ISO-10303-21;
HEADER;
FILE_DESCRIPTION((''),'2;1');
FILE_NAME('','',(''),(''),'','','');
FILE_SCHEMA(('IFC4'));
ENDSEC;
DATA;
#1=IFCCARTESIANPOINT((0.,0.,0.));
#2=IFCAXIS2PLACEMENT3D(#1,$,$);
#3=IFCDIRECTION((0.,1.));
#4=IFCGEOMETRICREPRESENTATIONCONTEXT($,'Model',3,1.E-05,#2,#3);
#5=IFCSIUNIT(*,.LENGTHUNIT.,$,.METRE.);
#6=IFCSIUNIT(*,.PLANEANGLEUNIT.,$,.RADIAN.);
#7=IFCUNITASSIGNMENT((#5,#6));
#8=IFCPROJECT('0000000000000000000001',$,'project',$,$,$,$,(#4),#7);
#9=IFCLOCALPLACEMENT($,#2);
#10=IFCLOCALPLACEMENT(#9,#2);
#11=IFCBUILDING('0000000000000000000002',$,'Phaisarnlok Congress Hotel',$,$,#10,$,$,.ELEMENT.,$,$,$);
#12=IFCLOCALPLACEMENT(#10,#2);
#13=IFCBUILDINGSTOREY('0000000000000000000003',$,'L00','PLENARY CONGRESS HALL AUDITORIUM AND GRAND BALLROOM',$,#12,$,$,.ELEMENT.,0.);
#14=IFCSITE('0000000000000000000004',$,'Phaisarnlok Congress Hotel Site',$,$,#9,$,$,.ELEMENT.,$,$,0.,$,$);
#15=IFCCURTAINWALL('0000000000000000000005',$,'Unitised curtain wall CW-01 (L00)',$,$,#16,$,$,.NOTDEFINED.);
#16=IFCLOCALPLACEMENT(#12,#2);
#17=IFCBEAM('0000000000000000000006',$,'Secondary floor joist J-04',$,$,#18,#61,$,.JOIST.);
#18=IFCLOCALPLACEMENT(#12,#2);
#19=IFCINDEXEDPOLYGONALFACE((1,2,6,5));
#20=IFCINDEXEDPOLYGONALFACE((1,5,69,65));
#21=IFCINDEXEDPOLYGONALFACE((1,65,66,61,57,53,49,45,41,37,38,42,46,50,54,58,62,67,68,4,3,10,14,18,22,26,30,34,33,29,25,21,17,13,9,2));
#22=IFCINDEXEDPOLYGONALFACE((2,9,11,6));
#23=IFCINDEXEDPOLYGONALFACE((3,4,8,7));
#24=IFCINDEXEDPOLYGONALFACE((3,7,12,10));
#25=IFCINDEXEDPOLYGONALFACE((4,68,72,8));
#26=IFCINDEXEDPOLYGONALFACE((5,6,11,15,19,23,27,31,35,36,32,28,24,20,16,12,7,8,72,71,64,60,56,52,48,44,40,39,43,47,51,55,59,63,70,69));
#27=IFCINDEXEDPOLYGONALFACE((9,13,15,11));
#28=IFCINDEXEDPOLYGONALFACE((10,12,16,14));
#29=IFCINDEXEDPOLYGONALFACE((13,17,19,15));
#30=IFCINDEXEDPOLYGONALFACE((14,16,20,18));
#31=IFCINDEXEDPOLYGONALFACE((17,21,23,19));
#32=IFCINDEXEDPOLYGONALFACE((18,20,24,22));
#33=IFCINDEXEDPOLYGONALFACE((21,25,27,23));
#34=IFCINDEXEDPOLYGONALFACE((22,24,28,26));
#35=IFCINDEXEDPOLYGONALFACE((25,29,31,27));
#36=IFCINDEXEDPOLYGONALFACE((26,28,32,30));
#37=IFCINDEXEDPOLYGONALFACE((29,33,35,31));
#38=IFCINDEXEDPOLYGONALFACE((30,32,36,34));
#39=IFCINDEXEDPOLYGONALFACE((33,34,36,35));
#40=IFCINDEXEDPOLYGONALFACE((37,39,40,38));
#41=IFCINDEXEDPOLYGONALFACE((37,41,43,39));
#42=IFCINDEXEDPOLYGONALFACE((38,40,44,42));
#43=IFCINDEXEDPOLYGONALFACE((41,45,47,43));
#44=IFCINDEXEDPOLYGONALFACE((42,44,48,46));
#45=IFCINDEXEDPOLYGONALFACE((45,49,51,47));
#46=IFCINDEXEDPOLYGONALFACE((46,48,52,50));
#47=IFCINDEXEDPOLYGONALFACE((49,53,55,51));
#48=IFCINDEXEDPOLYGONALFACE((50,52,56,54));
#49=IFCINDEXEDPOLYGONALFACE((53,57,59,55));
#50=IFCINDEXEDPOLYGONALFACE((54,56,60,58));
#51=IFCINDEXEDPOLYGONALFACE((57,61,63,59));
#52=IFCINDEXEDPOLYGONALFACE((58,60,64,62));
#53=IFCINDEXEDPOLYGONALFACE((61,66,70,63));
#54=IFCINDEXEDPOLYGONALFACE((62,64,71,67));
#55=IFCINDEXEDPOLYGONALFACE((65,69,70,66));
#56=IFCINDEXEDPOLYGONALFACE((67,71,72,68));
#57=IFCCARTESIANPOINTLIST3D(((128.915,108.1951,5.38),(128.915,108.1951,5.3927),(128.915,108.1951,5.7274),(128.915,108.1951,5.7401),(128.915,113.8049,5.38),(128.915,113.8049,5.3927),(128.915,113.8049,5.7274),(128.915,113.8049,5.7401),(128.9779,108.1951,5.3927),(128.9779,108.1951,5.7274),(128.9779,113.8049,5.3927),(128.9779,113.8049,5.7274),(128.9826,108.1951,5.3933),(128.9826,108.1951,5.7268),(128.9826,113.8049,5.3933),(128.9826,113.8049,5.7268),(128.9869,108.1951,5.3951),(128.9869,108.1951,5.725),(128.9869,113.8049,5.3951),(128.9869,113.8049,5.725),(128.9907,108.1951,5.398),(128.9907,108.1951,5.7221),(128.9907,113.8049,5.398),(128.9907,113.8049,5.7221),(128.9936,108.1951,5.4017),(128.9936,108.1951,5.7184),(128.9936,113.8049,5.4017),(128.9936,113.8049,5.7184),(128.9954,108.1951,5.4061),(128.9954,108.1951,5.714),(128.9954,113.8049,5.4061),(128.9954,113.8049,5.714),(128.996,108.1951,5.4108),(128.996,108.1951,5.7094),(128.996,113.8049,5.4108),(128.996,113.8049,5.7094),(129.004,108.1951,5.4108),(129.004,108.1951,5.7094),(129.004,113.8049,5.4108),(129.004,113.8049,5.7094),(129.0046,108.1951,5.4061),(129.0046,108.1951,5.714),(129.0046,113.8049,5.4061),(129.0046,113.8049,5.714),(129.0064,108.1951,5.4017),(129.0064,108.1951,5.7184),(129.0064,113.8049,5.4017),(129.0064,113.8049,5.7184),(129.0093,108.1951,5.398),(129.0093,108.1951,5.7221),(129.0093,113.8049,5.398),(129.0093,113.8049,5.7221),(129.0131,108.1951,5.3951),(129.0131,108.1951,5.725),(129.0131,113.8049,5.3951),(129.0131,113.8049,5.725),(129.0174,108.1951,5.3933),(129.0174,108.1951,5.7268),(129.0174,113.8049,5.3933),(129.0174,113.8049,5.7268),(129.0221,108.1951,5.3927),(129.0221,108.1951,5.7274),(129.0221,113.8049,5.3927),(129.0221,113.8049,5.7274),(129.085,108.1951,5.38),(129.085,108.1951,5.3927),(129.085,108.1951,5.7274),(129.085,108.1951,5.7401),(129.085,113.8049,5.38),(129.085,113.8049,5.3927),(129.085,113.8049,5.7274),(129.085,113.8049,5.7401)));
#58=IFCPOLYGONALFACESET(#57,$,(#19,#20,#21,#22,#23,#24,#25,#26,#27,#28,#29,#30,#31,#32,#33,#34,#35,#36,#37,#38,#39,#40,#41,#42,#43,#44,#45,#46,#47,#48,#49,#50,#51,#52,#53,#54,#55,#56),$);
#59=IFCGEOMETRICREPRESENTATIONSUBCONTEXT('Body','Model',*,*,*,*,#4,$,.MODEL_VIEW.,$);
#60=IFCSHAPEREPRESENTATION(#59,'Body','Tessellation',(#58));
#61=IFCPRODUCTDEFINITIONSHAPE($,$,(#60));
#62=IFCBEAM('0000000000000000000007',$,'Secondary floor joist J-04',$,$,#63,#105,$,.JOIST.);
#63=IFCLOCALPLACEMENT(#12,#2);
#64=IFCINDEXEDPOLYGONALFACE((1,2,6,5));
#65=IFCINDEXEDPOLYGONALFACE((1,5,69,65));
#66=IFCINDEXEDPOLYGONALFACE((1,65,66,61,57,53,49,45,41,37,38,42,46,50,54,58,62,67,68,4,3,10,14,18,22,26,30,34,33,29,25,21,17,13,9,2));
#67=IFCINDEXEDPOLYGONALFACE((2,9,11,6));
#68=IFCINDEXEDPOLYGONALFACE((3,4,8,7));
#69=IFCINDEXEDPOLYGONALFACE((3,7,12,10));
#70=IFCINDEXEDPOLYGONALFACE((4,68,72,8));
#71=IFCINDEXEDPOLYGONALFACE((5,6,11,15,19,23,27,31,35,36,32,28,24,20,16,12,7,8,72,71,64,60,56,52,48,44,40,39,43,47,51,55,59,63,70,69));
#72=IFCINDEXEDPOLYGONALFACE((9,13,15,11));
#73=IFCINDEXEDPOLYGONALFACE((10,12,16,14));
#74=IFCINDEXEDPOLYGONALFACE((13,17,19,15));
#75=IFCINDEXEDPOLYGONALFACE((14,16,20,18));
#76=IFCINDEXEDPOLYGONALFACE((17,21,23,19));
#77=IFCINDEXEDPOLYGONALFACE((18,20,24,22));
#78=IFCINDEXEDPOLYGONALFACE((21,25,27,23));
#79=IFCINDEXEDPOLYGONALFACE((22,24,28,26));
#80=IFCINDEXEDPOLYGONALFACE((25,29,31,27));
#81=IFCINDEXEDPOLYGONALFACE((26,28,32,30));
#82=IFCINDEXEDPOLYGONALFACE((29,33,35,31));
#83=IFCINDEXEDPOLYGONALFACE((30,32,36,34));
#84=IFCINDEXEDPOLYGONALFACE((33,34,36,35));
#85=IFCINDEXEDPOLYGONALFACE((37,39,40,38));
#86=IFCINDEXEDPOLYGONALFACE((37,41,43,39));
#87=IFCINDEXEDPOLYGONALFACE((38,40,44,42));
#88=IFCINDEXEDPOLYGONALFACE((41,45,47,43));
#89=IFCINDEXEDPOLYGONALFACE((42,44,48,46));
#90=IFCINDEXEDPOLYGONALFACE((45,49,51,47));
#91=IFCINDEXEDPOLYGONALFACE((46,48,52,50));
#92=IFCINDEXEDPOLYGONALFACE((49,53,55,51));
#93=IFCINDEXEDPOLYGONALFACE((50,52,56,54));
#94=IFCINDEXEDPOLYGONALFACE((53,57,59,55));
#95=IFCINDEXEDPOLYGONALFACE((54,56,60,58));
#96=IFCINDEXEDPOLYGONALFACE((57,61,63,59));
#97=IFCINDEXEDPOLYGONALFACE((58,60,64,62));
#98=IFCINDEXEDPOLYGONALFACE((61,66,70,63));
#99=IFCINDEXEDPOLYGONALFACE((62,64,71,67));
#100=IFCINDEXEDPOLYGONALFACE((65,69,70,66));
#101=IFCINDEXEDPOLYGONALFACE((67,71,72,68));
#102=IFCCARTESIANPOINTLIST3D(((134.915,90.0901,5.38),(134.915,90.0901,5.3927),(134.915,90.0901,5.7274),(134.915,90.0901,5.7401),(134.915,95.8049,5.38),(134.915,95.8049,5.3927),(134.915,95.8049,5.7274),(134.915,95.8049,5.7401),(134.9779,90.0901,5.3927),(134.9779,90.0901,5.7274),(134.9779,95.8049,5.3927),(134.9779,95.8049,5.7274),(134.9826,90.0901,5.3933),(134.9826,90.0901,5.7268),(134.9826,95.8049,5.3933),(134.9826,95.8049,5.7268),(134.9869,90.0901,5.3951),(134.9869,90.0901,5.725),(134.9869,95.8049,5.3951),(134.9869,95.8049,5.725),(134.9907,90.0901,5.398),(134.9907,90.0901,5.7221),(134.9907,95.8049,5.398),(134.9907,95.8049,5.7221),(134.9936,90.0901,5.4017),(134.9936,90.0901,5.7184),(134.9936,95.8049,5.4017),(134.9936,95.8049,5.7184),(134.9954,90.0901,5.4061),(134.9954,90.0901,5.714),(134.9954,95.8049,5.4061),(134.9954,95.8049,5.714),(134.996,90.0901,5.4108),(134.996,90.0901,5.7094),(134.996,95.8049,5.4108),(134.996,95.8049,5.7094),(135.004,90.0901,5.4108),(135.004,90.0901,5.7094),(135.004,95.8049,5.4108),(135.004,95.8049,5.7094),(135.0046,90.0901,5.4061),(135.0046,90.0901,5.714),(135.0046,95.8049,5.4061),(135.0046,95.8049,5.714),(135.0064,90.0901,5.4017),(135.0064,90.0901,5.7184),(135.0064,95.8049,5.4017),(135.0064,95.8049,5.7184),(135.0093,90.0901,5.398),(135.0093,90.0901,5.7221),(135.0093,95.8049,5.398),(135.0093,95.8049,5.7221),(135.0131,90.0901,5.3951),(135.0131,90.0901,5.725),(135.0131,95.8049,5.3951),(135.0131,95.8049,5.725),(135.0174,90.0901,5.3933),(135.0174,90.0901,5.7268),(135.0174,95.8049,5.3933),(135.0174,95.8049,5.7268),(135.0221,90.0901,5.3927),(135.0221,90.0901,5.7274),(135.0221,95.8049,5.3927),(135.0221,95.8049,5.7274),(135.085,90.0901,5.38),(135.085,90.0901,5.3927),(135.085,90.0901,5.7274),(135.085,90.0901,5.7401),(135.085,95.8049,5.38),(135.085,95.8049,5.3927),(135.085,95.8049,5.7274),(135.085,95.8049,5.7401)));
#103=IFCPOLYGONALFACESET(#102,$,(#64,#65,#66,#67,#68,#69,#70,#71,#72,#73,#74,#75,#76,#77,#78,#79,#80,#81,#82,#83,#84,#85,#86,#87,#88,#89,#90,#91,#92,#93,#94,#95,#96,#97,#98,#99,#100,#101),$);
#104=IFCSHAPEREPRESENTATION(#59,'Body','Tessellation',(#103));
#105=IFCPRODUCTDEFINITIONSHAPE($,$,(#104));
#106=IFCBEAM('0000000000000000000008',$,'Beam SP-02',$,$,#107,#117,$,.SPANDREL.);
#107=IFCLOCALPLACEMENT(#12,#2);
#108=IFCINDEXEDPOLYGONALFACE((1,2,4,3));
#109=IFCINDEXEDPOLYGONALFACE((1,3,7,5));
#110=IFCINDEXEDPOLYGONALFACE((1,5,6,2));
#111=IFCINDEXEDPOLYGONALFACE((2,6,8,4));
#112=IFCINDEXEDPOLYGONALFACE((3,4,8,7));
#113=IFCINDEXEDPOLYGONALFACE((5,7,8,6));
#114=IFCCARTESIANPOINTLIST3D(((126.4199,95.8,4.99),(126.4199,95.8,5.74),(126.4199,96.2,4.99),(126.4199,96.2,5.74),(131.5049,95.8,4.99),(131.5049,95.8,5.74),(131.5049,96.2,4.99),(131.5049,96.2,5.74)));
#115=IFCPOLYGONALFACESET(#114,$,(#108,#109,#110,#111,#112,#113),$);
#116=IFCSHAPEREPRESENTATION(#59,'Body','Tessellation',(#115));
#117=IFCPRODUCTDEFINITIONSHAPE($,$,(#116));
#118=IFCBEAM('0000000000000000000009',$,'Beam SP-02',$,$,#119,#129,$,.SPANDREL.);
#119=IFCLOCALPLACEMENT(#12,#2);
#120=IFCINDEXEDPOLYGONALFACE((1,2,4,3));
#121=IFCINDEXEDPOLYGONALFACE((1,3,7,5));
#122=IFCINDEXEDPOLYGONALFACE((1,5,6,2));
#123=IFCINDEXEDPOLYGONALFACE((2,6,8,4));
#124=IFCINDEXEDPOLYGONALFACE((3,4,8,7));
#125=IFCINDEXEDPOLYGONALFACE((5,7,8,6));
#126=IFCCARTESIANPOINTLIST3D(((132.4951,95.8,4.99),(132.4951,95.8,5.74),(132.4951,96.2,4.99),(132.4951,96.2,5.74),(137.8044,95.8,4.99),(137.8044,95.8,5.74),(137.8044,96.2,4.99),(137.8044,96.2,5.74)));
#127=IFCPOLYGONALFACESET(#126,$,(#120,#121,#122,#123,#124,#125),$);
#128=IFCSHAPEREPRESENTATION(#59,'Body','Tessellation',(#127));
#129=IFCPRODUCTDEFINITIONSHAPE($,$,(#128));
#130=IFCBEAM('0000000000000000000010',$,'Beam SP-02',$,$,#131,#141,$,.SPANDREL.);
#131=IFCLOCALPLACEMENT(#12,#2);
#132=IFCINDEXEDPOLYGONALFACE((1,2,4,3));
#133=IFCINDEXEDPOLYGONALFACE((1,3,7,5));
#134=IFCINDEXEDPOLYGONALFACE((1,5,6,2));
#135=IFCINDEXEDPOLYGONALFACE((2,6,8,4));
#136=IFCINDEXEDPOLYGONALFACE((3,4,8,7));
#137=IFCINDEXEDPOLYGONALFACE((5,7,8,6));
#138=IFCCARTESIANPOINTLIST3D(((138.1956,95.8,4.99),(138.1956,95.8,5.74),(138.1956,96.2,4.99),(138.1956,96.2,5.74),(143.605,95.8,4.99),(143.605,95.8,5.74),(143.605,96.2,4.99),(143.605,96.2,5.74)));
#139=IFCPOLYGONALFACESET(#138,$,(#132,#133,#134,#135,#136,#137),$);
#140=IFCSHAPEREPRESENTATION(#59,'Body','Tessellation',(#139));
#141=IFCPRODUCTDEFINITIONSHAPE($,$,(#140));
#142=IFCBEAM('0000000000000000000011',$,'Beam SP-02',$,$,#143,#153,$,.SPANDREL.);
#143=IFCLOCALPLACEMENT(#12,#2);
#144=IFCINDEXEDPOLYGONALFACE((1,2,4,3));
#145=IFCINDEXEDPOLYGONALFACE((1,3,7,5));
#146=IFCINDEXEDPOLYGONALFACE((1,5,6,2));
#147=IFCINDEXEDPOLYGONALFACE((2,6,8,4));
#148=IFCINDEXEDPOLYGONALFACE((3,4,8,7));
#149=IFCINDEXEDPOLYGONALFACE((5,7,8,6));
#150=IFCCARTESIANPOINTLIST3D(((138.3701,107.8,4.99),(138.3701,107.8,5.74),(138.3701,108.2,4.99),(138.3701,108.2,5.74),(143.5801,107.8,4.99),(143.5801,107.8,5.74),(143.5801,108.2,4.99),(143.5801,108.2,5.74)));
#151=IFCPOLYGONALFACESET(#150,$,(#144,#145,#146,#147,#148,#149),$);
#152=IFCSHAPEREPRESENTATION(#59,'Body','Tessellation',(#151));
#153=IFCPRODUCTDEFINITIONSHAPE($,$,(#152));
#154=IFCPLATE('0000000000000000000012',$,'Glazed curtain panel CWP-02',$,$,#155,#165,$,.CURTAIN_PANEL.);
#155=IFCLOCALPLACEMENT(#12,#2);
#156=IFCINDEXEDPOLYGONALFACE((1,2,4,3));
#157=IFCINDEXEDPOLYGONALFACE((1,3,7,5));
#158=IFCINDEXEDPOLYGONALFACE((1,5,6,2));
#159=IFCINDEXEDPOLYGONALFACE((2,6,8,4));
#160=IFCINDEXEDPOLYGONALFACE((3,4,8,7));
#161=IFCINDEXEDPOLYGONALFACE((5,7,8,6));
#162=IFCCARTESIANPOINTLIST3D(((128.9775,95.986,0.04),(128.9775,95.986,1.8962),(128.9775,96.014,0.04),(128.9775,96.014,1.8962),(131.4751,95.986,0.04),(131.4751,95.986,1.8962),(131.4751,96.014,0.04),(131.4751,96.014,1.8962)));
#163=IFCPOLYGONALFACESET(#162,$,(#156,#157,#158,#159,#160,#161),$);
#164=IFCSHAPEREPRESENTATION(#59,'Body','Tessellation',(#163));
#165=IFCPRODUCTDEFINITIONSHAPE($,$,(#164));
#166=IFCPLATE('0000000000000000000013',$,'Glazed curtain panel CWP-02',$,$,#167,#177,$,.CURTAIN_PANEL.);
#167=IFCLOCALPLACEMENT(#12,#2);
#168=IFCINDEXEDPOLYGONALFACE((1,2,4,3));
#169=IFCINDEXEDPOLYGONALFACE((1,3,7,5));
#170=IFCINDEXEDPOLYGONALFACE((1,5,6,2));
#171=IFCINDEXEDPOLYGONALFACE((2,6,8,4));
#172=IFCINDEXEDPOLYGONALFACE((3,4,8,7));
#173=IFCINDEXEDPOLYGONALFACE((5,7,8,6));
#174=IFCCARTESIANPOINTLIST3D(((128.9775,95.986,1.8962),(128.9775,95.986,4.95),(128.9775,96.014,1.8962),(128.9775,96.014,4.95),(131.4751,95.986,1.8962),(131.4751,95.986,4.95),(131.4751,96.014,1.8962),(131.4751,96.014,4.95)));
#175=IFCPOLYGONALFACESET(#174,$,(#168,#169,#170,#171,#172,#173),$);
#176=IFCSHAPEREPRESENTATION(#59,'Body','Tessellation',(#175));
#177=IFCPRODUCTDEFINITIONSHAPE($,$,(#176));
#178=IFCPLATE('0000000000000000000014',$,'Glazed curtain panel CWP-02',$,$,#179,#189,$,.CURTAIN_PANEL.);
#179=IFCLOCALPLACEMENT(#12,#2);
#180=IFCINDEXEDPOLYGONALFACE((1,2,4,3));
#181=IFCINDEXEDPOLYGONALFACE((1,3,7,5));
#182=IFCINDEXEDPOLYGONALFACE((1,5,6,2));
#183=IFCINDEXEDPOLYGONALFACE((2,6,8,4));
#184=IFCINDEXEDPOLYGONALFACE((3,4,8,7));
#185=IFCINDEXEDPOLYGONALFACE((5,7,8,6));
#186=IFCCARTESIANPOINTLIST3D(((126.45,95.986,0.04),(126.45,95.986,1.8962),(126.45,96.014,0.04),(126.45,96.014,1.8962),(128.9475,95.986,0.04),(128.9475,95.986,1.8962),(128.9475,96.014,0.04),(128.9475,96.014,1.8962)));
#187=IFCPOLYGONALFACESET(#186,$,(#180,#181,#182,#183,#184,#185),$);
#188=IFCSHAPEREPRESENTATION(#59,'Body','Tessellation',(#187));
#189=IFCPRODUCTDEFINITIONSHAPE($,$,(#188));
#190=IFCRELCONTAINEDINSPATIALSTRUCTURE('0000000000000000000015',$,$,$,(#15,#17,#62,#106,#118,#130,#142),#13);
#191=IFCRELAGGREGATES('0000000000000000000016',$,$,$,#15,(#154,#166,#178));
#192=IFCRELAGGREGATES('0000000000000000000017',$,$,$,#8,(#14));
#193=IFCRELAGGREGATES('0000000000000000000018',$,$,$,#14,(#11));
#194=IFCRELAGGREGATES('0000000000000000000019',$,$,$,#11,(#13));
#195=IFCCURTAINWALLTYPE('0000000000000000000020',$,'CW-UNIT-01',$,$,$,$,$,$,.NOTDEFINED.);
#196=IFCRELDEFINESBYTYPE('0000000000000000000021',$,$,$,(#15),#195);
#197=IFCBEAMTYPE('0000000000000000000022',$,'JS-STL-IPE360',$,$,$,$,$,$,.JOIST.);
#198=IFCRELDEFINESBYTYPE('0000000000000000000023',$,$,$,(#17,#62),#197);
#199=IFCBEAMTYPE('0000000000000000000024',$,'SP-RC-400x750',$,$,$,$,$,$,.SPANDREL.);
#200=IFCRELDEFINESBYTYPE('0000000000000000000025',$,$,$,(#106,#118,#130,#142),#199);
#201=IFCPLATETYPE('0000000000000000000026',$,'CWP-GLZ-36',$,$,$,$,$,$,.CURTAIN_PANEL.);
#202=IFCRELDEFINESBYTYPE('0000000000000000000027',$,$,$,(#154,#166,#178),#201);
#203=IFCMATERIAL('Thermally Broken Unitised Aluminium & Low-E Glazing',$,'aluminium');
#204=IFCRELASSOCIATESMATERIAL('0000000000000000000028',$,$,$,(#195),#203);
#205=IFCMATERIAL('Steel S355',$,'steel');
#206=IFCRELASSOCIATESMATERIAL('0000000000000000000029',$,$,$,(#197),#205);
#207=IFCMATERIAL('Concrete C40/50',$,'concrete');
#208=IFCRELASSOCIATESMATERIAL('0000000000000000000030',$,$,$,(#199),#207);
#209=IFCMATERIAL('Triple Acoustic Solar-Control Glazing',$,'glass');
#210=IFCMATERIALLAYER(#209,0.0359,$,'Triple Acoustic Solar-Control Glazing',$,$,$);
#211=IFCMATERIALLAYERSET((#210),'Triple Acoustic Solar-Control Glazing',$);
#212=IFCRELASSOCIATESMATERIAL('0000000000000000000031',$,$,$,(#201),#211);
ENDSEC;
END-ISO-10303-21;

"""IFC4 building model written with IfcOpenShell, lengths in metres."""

from ifc_helpers import new_model, si_unit, direction, frame, frame_2d, origin, origin_2d, place, context, subcontext, project, spatial, rectangle, i_section, extrude, material, layer, layer_set, material_profile, profile_set, type_object, element, aggregate, save


model = new_model("IFC4")

# Units and contexts
model_context = context("Model", 3, precision=1e-05, world=origin(), true_north=direction((0.0, 1.0)))
body_context = subcontext(model_context, "Body", "Model", "MODEL_VIEW")
ifc_project = project(units=[si_unit("LENGTHUNIT", "METRE"), si_unit("PLANEANGLEUNIT", "RADIAN")], contexts=[model_context])

# Site, building, storey
site_placement = place(None, origin())
site = spatial("IfcSite", under=ifc_project, at=site_placement, Name="Phaisarnlok Congress Hotel Site", CompositionType="ELEMENT", RefElevation=0.0)
building_placement = place(site_placement, origin())
building = spatial("IfcBuilding", under=site, at=building_placement, Name="Phaisarnlok Congress Hotel", CompositionType="ELEMENT")
storey_placement = place(building_placement, origin())
storey = spatial("IfcBuildingStorey", under=building, at=storey_placement, Name="L00", Description="PLENARY CONGRESS HALL AUDITORIUM AND GRAND BALLROOM", CompositionType="ELEMENT", Elevation=0.0)

# Shared definitions
ifc_material_1 = material(Name="Steel S355", Category="steel")

# Shared definitions
ifc_material_2 = material(Name="Concrete C40/50", Category="concrete")

# Shared definitions
ifc_material_3 = material(Name="Thermally Broken Unitised Aluminium & Low-E Glazing", Category="aluminium")

# Curtain wall
curtain_wall_type_1 = type_object("IfcCurtainWallType", Name="CW-UNIT-01", PredefinedType="NOTDEFINED", material=ifc_material_3)
curtain_wall_1_placement = place(storey_placement, origin())
curtain_wall_1 = element("IfcCurtainWall", 1, at=curtain_wall_1_placement, inside=storey, type_object=curtain_wall_type_1, Name="Unitised curtain wall CW-01 (L00)", PredefinedType="NOTDEFINED")

# Beams
ifc_material_profile_1 = material_profile(ifc_material_1, i_section(OverallWidth=0.1699, OverallDepth=0.3601, WebThickness=0.0081, FlangeThickness=0.0127, FilletRadius=0.0181, at=origin_2d()), Name="IPE 360")
ifc_profile_set_1 = profile_set([ifc_material_profile_1], Name="Steel S355")
beam_type_1 = type_object("IfcBeamType", Name="JS-STL-IPE360", PredefinedType="JOIST", material=ifc_profile_set_1)
for number, where, z_axis, x_axis, name in (
    (2, (129.0, 108.1951, 5.5601), (0.0, 1.0, 0.0), (-1.0, 0.0, 0.0), "Secondary floor joist J-04"),
):
    element("IfcBeam", number, at=place(storey_placement, frame(where, z_axis=z_axis, x_axis=x_axis)), inside=storey, type_object=beam_type_1, Name=name, PredefinedType="JOIST", context=body_context, shape_type="SweptSolid", body=[
        extrude(i_section(OverallWidth=0.1699, OverallDepth=0.3601, WebThickness=0.0081, FlangeThickness=0.0127, FilletRadius=0.0181, at=origin_2d()), origin(), (0.0, 0.0, 1.0), 5.6099),
    ])
beam_1_placement = place(storey_placement, frame((135.0, 90.0901, 5.5601), z_axis=(0.0, 1.0, 0.0), x_axis=(-1.0, 0.0, 0.0)))
element("IfcBeam", 3, at=beam_1_placement, inside=storey, type_object=beam_type_1, Name="Secondary floor joist J-04", PredefinedType="JOIST", context=body_context, shape_type="SweptSolid", body=[
    extrude(i_section(OverallWidth=0.1699, OverallDepth=0.3601, WebThickness=0.0081, FlangeThickness=0.0127, FilletRadius=0.0181, at=origin_2d()), origin(), (0.0, 0.0, 1.0), 5.7148),
])
ifc_material_profile_2 = material_profile(ifc_material_2, rectangle(XDim=0.3999, YDim=0.75, at=origin_2d()), Name="RC 400x750")
ifc_profile_set_2 = profile_set([ifc_material_profile_2], Name="Concrete C40/50")
beam_type_2 = type_object("IfcBeamType", Name="SP-RC-400x750", PredefinedType="SPANDREL", material=ifc_profile_set_2)
beam_2_placement = place(storey_placement, frame((126.4199, 96.0, 5.365), z_axis=(1.0, 0.0, 0.0), x_axis=(0.0, 1.0, 0.0)))
element("IfcBeam", 4, at=beam_2_placement, inside=storey, type_object=beam_type_2, Name="Beam SP-02", PredefinedType="SPANDREL", context=body_context, shape_type="SweptSolid", body=[
    extrude(rectangle(XDim=0.3999, YDim=0.75, at=origin_2d()), origin(), (0.0, 0.0, 1.0), 5.085),
])
beam_3_placement = place(storey_placement, frame((132.4951, 96.0, 5.365), z_axis=(1.0, 0.0, 0.0), x_axis=(0.0, 1.0, 0.0)))
element("IfcBeam", 5, at=beam_3_placement, inside=storey, type_object=beam_type_2, Name="Beam SP-02", PredefinedType="SPANDREL", context=body_context, shape_type="SweptSolid", body=[
    extrude(rectangle(XDim=0.3999, YDim=0.75, at=origin_2d()), origin(), (0.0, 0.0, 1.0), 5.3093),
])
beam_4_placement = place(storey_placement, frame((138.1956, 96.0, 5.365), z_axis=(1.0, 0.0, 0.0), x_axis=(0.0, 1.0, 0.0)))
element("IfcBeam", 6, at=beam_4_placement, inside=storey, type_object=beam_type_2, Name="Beam SP-02", PredefinedType="SPANDREL", context=body_context, shape_type="SweptSolid", body=[
    extrude(rectangle(XDim=0.3999, YDim=0.75, at=origin_2d()), origin(), (0.0, 0.0, 1.0), 5.4094),
])
beam_5_placement = place(storey_placement, frame((138.3701, 108.0, 5.365), z_axis=(1.0, 0.0, 0.0), x_axis=(0.0, 1.0, 0.0)))
element("IfcBeam", 7, at=beam_5_placement, inside=storey, type_object=beam_type_2, Name="Beam SP-02", PredefinedType="SPANDREL", context=body_context, shape_type="SweptSolid", body=[
    extrude(rectangle(XDim=0.3999, YDim=0.75, at=origin_2d()), origin(), (0.0, 0.0, 1.0), 5.21),
])

# Plates
ifc_material_4 = material(Name="Triple Acoustic Solar-Control Glazing", Category="glass")
ifc_layer_1 = layer(ifc_material_4, 0.0359, Name="Triple Acoustic Solar-Control Glazing")
ifc_layer_set_1 = layer_set([ifc_layer_1], Name="Triple Acoustic Solar-Control Glazing")
plate_type = type_object("IfcPlateType", Name="CWP-GLZ-36", PredefinedType="CURTAIN_PANEL", material=ifc_layer_set_1)
plate_1_placement = place(storey_placement, frame((131.4751, 96.0, 0.04), z_axis=(0.0, 0.0, 1.0), x_axis=(-1.0, 0.0, 0.0)))
plate_1 = element("IfcPlate", 8, at=plate_1_placement, type_object=plate_type, Name="Glazed curtain panel CWP-02", PredefinedType="CURTAIN_PANEL", context=body_context, shape_type="SweptSolid", body=[
    extrude(rectangle(XDim=2.4976, YDim=0.0281, at=frame_2d((1.2488, 0.0))), origin(), (0.0, 0.0, 1.0), 1.8562),
])
plate_2_placement = place(storey_placement, frame((131.4751, 96.0, 1.8962), z_axis=(0.0, 0.0, 1.0), x_axis=(-1.0, 0.0, 0.0)))
plate_2 = element("IfcPlate", 9, at=plate_2_placement, type_object=plate_type, Name="Glazed curtain panel CWP-02", PredefinedType="CURTAIN_PANEL", context=body_context, shape_type="SweptSolid", body=[
    extrude(rectangle(XDim=2.4976, YDim=0.0281, at=frame_2d((1.2488, 0.0))), origin(), (0.0, 0.0, 1.0), 3.0537),
])
plate_3_placement = place(storey_placement, frame((128.9475, 96.0, 0.04), z_axis=(0.0, 0.0, 1.0), x_axis=(-1.0, 0.0, 0.0)))
plate_3 = element("IfcPlate", 10, at=plate_3_placement, type_object=plate_type, Name="Glazed curtain panel CWP-02", PredefinedType="CURTAIN_PANEL", context=body_context, shape_type="SweptSolid", body=[
    extrude(rectangle(XDim=2.4976, YDim=0.0281, at=frame_2d((1.2488, 0.0))), origin(), (0.0, 0.0, 1.0), 1.8562),
])
aggregate(curtain_wall_1, [plate_1, plate_2, plate_3])

save(model, "model.ifc")
